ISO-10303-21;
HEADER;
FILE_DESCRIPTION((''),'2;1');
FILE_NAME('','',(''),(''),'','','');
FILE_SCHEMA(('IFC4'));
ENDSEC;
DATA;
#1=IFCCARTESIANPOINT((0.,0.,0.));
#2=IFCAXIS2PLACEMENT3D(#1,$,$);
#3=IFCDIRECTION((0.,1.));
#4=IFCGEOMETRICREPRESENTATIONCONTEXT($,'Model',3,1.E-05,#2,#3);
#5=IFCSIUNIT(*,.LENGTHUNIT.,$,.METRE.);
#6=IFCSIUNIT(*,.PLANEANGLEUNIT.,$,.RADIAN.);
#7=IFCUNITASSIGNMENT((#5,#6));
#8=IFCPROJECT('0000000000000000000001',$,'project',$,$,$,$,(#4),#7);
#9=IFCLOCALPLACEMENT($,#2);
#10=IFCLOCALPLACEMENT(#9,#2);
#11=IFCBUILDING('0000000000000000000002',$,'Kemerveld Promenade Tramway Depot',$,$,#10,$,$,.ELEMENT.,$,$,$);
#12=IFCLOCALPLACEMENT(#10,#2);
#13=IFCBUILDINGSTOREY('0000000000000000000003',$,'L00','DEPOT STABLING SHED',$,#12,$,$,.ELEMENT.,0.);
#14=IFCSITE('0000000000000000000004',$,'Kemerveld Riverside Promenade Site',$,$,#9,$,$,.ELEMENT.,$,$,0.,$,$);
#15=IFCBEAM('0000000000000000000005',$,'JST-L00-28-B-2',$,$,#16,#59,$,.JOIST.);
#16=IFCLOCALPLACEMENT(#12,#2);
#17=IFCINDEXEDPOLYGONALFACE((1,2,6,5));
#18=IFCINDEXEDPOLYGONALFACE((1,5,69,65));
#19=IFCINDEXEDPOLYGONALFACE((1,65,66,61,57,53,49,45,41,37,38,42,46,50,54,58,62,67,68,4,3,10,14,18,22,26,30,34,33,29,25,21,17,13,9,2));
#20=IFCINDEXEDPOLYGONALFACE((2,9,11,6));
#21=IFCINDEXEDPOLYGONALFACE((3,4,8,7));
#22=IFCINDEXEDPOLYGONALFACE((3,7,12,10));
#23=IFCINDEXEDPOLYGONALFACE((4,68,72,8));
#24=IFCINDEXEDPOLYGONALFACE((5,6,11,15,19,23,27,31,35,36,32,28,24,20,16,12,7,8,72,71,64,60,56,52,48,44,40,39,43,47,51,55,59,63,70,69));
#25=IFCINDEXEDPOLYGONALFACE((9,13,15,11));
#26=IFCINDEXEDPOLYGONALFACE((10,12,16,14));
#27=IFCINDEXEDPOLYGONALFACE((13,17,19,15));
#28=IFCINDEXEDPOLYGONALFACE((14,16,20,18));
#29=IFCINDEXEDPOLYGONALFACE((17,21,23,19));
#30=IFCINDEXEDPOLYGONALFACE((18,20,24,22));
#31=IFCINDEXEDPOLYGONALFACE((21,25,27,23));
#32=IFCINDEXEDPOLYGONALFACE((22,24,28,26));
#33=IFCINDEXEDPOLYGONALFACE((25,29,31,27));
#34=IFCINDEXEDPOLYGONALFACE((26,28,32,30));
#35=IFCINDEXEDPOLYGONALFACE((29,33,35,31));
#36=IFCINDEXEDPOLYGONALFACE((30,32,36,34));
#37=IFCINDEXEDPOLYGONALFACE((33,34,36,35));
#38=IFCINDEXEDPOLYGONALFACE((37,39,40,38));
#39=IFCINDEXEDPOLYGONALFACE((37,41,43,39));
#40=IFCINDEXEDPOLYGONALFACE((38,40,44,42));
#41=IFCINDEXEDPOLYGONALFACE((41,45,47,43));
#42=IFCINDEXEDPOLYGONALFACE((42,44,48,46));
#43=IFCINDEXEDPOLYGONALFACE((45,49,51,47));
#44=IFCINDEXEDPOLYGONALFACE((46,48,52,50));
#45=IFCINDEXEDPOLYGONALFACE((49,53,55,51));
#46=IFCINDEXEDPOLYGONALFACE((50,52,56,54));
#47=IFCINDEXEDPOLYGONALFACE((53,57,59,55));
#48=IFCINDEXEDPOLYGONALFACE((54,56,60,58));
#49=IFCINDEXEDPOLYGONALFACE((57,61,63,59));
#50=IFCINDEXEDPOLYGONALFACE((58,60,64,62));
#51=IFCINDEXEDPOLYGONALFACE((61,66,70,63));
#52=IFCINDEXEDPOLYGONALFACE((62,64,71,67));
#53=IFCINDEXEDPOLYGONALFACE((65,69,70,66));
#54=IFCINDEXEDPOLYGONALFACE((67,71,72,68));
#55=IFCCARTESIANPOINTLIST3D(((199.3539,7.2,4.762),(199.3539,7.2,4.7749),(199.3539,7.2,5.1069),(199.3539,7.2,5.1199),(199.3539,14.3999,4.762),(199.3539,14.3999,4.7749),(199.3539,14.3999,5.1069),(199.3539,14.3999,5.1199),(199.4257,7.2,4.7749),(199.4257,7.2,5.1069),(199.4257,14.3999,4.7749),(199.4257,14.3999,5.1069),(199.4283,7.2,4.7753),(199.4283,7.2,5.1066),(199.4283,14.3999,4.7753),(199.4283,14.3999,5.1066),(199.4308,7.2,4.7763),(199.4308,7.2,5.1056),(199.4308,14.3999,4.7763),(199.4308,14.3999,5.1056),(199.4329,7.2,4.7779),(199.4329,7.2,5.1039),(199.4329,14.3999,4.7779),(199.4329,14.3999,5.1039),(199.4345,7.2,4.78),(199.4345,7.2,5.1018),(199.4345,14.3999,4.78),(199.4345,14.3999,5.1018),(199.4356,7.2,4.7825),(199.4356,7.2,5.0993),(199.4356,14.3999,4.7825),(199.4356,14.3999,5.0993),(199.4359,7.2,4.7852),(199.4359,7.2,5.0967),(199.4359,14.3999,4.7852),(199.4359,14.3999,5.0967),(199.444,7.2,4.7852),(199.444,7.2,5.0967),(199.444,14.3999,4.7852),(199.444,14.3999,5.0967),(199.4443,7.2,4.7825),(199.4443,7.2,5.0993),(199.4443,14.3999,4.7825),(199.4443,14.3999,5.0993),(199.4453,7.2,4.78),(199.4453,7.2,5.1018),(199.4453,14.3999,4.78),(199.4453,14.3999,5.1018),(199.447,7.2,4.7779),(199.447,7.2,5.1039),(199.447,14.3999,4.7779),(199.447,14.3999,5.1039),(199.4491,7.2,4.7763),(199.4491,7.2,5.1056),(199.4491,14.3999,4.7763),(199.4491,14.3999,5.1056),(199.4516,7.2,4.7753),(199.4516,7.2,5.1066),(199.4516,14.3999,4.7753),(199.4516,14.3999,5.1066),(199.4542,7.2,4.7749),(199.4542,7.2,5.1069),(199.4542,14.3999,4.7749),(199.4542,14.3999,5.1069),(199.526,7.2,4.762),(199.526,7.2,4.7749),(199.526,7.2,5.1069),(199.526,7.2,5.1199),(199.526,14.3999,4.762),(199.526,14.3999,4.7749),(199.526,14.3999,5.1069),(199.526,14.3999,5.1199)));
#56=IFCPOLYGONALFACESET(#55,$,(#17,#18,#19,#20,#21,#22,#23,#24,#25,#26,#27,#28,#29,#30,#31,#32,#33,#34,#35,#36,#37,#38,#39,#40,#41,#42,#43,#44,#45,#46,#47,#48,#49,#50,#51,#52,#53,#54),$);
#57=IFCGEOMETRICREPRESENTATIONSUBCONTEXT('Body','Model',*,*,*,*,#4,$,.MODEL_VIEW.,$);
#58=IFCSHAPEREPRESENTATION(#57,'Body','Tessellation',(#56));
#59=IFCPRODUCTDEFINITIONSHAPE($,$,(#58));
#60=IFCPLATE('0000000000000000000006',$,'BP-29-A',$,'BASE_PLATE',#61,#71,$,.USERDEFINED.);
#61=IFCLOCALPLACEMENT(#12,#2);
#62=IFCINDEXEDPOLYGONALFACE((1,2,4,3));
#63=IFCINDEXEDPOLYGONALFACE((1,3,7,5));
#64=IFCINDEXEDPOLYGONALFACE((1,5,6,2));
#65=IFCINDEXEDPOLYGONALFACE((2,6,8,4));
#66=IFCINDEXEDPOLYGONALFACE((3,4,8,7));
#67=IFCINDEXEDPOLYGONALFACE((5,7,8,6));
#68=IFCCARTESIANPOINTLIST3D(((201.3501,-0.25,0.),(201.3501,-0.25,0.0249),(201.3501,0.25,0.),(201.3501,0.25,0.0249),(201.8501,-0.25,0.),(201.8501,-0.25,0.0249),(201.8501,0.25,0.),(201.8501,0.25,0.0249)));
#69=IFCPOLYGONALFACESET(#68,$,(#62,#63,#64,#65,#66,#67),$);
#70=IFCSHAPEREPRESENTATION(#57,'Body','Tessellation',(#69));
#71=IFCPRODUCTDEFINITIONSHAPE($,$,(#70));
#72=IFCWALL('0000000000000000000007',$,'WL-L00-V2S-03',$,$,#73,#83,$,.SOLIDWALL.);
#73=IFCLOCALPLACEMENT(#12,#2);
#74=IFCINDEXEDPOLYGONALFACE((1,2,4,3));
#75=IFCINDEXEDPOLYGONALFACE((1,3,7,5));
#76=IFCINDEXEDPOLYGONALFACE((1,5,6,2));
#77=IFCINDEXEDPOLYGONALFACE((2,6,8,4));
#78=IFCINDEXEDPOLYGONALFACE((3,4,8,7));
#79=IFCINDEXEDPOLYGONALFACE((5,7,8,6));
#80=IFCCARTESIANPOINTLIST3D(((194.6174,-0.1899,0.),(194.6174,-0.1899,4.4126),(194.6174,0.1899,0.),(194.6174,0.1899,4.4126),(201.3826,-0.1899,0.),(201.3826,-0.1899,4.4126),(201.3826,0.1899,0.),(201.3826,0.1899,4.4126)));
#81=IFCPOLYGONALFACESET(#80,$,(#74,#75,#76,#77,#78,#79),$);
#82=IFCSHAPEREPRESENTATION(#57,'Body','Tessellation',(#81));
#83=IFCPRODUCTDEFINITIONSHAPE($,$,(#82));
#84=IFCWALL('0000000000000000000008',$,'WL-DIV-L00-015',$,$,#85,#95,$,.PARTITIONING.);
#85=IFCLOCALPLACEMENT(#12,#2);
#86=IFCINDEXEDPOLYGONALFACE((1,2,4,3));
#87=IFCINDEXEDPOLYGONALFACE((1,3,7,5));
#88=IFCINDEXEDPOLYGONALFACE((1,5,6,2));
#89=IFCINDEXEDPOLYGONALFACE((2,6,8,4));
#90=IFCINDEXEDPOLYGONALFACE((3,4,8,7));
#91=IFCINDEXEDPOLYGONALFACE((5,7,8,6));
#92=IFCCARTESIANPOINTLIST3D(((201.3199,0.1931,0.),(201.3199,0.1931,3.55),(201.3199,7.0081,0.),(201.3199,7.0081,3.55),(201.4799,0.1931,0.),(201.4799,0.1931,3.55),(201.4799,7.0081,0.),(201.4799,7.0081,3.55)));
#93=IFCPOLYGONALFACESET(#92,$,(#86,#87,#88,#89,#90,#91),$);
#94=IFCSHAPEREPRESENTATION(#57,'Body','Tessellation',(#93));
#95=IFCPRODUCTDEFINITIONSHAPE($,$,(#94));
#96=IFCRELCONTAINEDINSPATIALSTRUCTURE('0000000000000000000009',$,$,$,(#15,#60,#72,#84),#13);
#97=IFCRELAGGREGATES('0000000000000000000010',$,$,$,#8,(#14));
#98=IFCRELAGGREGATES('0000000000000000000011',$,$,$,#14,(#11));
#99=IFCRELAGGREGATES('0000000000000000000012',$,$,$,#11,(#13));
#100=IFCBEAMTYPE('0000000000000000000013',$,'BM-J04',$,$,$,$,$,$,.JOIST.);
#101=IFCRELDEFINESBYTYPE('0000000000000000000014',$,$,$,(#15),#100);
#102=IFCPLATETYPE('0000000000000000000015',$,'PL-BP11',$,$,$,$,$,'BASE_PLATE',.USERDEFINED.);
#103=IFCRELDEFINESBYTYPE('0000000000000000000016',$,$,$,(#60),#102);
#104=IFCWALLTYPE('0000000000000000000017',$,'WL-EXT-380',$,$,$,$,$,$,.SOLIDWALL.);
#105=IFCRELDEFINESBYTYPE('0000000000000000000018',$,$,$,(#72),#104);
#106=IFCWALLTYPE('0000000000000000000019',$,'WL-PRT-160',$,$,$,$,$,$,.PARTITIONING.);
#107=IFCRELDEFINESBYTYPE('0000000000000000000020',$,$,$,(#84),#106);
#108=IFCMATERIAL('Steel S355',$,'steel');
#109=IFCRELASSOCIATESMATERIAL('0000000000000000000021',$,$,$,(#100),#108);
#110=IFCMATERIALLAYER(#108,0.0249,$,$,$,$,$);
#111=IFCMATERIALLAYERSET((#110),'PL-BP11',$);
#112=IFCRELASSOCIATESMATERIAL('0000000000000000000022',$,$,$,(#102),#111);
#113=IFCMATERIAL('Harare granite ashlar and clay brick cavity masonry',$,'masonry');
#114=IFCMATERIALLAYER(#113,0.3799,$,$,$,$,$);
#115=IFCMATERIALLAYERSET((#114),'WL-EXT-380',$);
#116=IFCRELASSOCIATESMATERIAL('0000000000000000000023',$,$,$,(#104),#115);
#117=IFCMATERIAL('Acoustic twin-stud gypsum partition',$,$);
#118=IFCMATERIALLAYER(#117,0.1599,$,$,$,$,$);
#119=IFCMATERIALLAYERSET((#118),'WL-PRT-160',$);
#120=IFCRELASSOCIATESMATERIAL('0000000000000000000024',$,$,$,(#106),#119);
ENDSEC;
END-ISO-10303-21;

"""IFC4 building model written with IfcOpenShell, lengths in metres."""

from ifc_helpers import new_model, si_unit, direction, frame, frame_2d, origin, origin_2d, place, context, subcontext, project, spatial, rectangle, i_section, extrude, material, layer, layer_set, material_profile, profile_set, type_object, element, save


model = new_model("IFC4")

# Units and contexts
model_context = context("Model", 3, precision=1e-05, world=origin(), true_north=direction((0.0, 1.0)))
body_context = subcontext(model_context, "Body", "Model", "MODEL_VIEW")
ifc_project = project(units=[si_unit("LENGTHUNIT", "METRE"), si_unit("PLANEANGLEUNIT", "RADIAN")], contexts=[model_context])

# Site, building, storey
site_placement = place(None, origin())
site = spatial("IfcSite", under=ifc_project, at=site_placement, Name="Kemerveld Riverside Promenade Site", CompositionType="ELEMENT", RefElevation=0.0)
building_placement = place(site_placement, origin())
building = spatial("IfcBuilding", under=site, at=building_placement, Name="Kemerveld Promenade Tramway Depot", CompositionType="ELEMENT")
storey_placement = place(building_placement, origin())
storey = spatial("IfcBuildingStorey", under=building, at=storey_placement, Name="L00", Description="DEPOT STABLING SHED", CompositionType="ELEMENT", Elevation=0.0)

# Shared definitions
ifc_material_1 = material(Name="Steel S355", Category="steel")

# Beam
ifc_material_profile_1 = material_profile(ifc_material_1, i_section(OverallWidth=0.1721, OverallDepth=0.3579, WebThickness=0.0081, FlangeThickness=0.0129, FilletRadius=0.0103, at=origin_2d()), Name="356x171x57 UB")
ifc_profile_set_1 = profile_set([ifc_material_profile_1], Name="Steel S355")
beam_type_1 = type_object("IfcBeamType", Name="BM-J04", PredefinedType="JOIST", material=ifc_profile_set_1)
for number, where, z_axis, x_axis, name in (
    (1, (199.4399, 7.2, 4.9409), (0.0, 1.0, 0.0), (-1.0, 0.0, 0.0), "JST-L00-28-B-2"),
):
    element("IfcBeam", number, at=place(storey_placement, frame(where, z_axis=z_axis, x_axis=x_axis)), inside=storey, type_object=beam_type_1, Name=name, PredefinedType="JOIST", context=body_context, shape_type="SweptSolid", body=[
        extrude(i_section(OverallWidth=0.1721, OverallDepth=0.3579, WebThickness=0.0081, FlangeThickness=0.0129, FilletRadius=0.0103, at=origin_2d()), origin(), (0.0, 0.0, 1.0), 7.2),
    ])

# Plate
ifc_layer_1 = layer(ifc_material_1, 0.0249)
ifc_layer_set_1 = layer_set([ifc_layer_1], Name="PL-BP11")
plate_type = type_object("IfcPlateType", Name="PL-BP11", ElementType="BASE_PLATE", PredefinedType="USERDEFINED", material=ifc_layer_set_1)
plate_placement = place(storey_placement, frame((201.6001, 0.0, 0.0), z_axis=(0.0, 0.0, 1.0), x_axis=(1.0, 0.0, 0.0)))
element("IfcPlate", 2, at=plate_placement, inside=storey, type_object=plate_type, Name="BP-29-A", ObjectType="BASE_PLATE", PredefinedType="USERDEFINED", context=body_context, shape_type="SweptSolid", body=[
    extrude(rectangle(XDim=0.5, YDim=0.5, at=origin_2d()), origin(), (0.0, 0.0, 1.0), 0.0249),
])

# Walls
ifc_material_2 = material(Name="Harare granite ashlar and clay brick cavity masonry", Category="masonry")
ifc_layer_2 = layer(ifc_material_2, 0.3799)
ifc_layer_set_2 = layer_set([ifc_layer_2], Name="WL-EXT-380")
wall_type_1 = type_object("IfcWallType", Name="WL-EXT-380", PredefinedType="SOLIDWALL", material=ifc_layer_set_2)
wall_1_placement = place(storey_placement, frame((201.3826, 0.0, 0.0), z_axis=(0.0, 0.0, 1.0), x_axis=(-1.0, 0.0, 0.0)))
element("IfcWall", 3, at=wall_1_placement, inside=storey, type_object=wall_type_1, Name="WL-L00-V2S-03", PredefinedType="SOLIDWALL", context=body_context, shape_type="SweptSolid", body=[
    extrude(rectangle(XDim=6.7651, YDim=0.3799, at=frame_2d((3.3826, 0.0))), origin(), (0.0, 0.0, 1.0), 4.4126),
])
ifc_material_3 = material(Name="Acoustic twin-stud gypsum partition")
ifc_layer_3 = layer(ifc_material_3, 0.1599)
ifc_layer_set_3 = layer_set([ifc_layer_3], Name="WL-PRT-160")
wall_type_2 = type_object("IfcWallType", Name="WL-PRT-160", PredefinedType="PARTITIONING", material=ifc_layer_set_3)
wall_2_placement = place(storey_placement, frame((201.3999, 0.1931, 0.0), z_axis=(0.0, 0.0, 1.0), x_axis=(0.0, 1.0, 0.0)))
element("IfcWall", 4, at=wall_2_placement, inside=storey, type_object=wall_type_2, Name="WL-DIV-L00-015", PredefinedType="PARTITIONING", context=body_context, shape_type="SweptSolid", body=[
    extrude(rectangle(XDim=6.8149, YDim=0.1599, at=frame_2d((3.4075, 0.0))), origin(), (0.0, 0.0, 1.0), 3.55),
])

save(model, "model.ifc")
